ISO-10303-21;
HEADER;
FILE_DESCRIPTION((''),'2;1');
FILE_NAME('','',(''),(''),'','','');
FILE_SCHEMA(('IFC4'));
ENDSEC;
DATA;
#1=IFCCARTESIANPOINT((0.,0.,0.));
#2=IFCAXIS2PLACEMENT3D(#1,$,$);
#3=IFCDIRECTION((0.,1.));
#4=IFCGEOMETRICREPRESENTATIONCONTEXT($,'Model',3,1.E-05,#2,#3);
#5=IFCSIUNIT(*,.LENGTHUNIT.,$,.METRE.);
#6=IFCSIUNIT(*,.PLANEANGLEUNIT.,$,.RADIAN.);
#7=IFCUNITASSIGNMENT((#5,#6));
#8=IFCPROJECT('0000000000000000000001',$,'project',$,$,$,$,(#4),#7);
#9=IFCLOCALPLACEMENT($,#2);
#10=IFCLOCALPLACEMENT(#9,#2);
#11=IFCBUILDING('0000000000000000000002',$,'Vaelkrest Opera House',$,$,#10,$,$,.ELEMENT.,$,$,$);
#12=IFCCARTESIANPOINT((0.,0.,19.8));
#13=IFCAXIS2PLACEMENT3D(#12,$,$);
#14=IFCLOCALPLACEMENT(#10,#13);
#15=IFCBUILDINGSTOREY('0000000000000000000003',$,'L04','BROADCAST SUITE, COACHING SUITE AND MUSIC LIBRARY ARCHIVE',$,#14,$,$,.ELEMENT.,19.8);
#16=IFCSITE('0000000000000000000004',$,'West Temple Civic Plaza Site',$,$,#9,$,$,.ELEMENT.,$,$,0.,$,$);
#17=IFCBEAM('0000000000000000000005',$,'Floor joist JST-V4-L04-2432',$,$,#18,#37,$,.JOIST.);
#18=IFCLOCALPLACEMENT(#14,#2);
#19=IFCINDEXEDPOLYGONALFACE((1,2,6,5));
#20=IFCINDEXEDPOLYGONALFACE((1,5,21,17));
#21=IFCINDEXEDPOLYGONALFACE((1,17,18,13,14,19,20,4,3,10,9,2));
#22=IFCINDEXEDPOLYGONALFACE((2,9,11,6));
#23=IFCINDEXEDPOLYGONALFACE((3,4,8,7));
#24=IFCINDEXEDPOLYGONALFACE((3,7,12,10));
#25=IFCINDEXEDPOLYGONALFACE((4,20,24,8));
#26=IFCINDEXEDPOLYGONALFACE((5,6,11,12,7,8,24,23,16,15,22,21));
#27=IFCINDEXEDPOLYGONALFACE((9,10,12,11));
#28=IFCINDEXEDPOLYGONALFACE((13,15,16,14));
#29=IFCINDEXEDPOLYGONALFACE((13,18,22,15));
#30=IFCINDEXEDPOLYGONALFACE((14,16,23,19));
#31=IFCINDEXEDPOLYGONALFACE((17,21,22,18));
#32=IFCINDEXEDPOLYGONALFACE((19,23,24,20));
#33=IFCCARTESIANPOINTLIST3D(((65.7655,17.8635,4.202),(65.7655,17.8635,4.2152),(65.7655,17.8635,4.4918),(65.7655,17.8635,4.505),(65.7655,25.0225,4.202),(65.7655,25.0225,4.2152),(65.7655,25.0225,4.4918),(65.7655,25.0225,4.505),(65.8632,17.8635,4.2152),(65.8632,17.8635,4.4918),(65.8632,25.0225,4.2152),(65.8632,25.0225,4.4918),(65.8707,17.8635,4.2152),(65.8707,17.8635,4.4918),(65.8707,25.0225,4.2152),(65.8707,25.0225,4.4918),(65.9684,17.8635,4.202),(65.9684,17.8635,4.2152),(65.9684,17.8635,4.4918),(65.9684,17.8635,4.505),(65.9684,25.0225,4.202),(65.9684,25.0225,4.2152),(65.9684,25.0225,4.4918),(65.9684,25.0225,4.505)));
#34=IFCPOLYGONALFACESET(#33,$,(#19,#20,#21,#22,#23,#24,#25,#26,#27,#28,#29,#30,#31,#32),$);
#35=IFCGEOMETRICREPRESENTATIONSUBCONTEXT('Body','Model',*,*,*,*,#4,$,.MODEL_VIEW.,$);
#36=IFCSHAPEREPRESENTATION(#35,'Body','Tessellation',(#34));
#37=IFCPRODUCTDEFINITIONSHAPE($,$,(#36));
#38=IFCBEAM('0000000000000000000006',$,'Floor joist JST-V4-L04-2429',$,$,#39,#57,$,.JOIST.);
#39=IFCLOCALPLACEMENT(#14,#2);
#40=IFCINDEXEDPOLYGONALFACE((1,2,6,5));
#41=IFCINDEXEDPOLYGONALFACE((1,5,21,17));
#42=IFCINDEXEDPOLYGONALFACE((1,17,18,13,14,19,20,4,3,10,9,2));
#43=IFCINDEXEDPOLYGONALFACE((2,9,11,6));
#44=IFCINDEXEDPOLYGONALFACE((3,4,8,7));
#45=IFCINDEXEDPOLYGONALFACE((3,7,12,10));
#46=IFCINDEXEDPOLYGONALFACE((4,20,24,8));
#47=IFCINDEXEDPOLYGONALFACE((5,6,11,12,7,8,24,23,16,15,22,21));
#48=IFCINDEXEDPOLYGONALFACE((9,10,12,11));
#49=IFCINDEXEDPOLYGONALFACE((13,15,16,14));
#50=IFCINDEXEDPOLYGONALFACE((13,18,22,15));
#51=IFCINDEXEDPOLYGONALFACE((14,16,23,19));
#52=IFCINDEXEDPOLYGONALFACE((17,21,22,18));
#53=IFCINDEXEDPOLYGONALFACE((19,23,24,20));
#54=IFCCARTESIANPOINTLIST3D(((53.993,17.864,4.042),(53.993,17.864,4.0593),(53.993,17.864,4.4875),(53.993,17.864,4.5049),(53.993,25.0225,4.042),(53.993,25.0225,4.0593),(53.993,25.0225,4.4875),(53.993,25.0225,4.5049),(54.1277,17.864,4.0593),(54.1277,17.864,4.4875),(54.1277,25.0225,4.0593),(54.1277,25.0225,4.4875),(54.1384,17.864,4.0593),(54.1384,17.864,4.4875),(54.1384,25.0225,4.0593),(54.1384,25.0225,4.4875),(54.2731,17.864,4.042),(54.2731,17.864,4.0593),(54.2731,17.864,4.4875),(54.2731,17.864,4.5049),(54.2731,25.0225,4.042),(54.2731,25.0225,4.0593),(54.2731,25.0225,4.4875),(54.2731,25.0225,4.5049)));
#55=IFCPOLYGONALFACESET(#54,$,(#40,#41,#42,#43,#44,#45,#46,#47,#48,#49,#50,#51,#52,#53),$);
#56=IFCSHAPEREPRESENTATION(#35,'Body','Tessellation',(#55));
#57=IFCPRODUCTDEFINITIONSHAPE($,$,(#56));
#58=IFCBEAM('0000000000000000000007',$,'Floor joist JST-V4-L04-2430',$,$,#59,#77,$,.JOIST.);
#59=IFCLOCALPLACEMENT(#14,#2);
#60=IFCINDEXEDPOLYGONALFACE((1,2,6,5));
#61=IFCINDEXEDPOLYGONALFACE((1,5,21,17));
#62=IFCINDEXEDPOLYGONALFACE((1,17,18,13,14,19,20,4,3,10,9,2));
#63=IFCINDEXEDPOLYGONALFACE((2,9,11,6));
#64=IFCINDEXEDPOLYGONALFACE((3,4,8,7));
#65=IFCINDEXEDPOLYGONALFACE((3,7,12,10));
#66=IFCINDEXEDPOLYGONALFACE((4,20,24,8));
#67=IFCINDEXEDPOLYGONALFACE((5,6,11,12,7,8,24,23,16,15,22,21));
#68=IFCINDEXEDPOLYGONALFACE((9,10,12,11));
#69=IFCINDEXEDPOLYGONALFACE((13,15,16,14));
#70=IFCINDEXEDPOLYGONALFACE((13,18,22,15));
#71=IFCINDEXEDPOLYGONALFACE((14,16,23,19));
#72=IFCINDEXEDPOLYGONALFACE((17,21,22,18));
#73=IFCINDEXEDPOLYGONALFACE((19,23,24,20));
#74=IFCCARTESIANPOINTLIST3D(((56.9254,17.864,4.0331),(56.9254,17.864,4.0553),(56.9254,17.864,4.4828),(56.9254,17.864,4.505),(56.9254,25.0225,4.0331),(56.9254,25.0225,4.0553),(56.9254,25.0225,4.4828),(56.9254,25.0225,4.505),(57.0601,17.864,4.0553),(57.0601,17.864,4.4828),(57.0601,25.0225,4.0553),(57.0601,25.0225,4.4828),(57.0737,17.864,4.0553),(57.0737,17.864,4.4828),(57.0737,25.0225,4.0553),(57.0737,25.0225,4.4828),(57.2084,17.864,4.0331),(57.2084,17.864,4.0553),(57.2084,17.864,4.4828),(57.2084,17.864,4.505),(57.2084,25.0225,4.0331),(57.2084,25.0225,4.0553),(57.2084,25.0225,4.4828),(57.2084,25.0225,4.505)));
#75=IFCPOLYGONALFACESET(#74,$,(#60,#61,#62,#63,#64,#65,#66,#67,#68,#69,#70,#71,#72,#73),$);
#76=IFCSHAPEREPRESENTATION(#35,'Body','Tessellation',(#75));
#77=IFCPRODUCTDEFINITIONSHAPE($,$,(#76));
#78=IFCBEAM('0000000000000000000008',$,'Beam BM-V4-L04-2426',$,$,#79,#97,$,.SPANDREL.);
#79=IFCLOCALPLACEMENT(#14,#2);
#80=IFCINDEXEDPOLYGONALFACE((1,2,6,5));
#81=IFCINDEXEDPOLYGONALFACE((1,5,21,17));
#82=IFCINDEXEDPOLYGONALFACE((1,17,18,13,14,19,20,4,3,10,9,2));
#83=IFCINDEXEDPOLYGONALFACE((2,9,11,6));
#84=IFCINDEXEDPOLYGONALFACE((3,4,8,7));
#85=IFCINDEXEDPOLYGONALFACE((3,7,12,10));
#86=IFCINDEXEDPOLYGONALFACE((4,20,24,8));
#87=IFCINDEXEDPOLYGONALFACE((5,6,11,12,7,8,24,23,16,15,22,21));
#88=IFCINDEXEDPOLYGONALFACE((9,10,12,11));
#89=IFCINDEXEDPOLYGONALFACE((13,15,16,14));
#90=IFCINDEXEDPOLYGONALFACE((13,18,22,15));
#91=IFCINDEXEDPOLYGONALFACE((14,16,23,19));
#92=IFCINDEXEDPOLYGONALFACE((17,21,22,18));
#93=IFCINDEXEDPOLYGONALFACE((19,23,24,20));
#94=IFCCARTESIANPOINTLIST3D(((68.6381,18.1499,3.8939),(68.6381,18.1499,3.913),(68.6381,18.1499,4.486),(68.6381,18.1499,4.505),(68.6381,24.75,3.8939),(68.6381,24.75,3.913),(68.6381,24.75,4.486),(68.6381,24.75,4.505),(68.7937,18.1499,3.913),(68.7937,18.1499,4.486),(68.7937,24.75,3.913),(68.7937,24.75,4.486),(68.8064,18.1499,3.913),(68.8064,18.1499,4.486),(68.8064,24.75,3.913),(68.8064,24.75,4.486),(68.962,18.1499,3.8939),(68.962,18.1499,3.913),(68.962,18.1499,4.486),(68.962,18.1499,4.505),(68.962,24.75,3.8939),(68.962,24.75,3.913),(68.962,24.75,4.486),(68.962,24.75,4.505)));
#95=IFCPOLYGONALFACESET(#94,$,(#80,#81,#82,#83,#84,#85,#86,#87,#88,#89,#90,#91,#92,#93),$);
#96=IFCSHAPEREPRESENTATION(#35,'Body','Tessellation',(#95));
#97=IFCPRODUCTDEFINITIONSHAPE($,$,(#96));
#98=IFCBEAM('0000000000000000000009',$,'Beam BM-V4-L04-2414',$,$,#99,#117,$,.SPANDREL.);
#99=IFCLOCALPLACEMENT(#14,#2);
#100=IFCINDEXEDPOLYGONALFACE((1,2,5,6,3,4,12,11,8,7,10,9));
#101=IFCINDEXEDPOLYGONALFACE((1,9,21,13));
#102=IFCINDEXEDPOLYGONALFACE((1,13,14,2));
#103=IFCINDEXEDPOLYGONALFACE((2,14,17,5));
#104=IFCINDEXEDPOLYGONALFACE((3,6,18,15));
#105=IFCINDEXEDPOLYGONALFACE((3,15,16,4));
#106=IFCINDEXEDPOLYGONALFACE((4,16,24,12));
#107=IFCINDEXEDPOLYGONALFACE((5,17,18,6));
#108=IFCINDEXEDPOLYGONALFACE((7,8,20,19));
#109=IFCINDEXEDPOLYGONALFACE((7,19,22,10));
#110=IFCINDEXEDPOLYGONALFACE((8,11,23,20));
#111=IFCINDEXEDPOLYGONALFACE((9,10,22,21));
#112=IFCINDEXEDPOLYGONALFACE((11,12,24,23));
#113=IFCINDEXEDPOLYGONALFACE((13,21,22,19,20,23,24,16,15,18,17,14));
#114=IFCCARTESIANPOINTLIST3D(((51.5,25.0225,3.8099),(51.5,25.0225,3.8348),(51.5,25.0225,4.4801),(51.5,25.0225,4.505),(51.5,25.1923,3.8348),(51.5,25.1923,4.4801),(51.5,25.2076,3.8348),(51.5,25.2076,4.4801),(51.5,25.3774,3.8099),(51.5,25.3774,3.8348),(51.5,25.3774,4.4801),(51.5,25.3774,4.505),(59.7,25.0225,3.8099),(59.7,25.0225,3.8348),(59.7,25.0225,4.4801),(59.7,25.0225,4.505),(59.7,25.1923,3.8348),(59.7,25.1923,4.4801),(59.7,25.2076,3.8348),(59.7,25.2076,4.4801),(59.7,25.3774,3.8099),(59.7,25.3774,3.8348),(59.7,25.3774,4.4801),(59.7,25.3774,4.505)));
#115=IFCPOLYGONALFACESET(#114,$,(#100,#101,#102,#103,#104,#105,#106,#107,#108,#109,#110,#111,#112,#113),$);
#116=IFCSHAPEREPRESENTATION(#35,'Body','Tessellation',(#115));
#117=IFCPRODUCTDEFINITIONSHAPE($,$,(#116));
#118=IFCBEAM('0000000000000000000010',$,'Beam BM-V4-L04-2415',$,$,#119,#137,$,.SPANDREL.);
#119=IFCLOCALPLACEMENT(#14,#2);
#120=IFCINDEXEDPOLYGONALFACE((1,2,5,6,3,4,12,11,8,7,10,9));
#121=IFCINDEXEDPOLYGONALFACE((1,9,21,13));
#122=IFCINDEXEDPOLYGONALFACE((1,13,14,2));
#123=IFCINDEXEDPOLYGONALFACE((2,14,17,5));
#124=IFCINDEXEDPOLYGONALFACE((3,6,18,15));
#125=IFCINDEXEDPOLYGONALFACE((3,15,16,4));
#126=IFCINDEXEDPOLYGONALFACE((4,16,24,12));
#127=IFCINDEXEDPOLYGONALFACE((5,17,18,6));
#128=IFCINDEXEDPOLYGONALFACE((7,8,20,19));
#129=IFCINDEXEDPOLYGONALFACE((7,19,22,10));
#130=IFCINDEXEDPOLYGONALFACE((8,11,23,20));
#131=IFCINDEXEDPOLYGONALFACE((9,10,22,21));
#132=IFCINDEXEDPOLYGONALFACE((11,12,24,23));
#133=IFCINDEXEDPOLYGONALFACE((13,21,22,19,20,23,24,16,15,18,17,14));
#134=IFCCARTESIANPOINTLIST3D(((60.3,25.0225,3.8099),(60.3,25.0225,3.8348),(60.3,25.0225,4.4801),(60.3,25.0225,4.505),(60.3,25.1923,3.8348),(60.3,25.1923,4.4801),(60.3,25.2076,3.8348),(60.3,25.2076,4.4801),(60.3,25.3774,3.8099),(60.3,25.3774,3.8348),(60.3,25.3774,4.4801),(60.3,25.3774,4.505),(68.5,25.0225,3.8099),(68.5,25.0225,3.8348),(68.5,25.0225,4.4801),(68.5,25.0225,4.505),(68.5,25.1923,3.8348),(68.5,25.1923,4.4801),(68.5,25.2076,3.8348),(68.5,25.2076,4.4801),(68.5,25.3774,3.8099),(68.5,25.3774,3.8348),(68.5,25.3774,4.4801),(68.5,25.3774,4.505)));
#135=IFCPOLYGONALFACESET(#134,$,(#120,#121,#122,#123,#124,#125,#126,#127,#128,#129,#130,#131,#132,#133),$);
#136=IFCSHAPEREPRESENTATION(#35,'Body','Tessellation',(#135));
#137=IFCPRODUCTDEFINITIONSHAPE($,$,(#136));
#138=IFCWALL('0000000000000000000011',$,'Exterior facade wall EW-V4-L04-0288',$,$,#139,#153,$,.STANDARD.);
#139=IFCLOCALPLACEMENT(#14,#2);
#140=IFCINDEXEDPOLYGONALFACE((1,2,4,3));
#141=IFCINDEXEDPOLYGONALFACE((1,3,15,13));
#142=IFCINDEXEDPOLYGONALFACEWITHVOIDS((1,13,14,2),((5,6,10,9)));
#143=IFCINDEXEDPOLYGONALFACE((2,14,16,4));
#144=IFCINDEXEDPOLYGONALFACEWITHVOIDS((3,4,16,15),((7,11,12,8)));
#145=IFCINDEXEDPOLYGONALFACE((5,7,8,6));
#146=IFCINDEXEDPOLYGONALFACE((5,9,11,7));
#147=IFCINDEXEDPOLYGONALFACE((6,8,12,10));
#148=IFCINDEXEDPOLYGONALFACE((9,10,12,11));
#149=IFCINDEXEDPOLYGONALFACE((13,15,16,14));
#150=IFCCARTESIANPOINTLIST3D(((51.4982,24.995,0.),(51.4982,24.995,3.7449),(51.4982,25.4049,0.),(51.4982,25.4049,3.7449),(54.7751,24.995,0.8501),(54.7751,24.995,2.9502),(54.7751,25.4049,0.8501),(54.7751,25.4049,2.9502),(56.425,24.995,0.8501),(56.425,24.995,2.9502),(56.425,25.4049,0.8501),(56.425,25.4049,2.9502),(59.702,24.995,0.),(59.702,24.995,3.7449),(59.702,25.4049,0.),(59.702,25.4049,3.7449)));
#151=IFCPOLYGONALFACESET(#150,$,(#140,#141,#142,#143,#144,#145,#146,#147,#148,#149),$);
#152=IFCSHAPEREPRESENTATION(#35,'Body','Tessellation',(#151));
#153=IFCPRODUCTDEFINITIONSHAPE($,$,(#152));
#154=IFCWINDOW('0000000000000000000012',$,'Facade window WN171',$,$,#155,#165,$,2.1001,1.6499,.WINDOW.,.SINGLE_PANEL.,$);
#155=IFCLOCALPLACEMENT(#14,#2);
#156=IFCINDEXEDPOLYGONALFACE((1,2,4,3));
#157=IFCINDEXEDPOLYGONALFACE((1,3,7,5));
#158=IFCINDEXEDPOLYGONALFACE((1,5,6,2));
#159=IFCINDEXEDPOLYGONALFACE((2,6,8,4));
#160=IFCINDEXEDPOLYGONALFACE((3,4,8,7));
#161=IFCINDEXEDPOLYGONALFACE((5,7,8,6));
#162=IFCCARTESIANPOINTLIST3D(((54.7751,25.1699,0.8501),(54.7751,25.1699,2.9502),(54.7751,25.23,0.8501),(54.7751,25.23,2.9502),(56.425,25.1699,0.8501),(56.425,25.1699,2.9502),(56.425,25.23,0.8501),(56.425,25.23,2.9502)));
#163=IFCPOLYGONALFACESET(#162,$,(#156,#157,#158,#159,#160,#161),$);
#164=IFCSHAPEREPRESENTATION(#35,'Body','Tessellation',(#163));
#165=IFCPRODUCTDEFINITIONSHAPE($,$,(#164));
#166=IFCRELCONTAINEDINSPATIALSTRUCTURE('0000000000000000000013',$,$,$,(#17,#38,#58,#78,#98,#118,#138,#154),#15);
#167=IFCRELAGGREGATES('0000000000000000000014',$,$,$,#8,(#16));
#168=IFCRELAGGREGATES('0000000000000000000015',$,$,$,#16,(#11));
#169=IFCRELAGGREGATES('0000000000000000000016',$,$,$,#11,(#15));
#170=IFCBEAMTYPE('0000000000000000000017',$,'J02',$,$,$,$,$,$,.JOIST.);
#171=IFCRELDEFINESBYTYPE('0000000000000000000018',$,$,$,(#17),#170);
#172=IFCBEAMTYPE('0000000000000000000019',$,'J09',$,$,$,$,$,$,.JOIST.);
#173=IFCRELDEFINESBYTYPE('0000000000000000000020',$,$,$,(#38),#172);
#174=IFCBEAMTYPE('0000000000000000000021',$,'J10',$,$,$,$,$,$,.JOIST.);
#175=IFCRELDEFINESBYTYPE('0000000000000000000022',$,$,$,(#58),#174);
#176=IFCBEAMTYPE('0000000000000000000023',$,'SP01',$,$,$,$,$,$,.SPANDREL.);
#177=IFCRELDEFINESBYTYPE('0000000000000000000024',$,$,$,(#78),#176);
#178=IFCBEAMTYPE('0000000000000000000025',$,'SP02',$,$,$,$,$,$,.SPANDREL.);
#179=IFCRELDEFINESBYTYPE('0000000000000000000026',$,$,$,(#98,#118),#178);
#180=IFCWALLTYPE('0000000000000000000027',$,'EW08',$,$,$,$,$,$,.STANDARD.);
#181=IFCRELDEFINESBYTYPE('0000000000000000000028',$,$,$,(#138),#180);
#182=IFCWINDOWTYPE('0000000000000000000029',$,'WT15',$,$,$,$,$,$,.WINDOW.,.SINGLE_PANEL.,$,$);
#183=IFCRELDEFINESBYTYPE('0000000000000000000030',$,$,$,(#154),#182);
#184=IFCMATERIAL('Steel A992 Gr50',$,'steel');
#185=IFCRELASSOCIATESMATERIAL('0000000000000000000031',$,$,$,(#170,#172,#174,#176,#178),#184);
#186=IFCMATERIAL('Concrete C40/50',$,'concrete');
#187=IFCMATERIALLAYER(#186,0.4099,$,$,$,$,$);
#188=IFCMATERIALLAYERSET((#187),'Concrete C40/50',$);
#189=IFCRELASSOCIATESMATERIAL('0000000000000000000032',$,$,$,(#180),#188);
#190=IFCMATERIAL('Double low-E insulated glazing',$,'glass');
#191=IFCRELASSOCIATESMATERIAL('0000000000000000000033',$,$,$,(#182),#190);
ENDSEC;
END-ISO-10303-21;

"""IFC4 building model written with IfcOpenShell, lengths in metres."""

from ifc_helpers import new_model, si_unit, direction, frame, frame_2d, origin, origin_2d, place, context, subcontext, project, spatial, rectangle, i_section, extrude, material, layer, layer_set, material_profile, profile_set, type_object, element, fill, save


model = new_model("IFC4")

# Units and contexts
model_context = context("Model", 3, precision=1e-05, world=origin(), true_north=direction((0.0, 1.0)))
body_context = subcontext(model_context, "Body", "Model", "MODEL_VIEW")
ifc_project = project(units=[si_unit("LENGTHUNIT", "METRE"), si_unit("PLANEANGLEUNIT", "RADIAN")], contexts=[model_context])

# Site, building, storey
site_placement = place(None, origin())
site = spatial("IfcSite", under=ifc_project, at=site_placement, Name="West Temple Civic Plaza Site", CompositionType="ELEMENT", RefElevation=0.0)
building_placement = place(site_placement, origin())
building = spatial("IfcBuilding", under=site, at=building_placement, Name="Vaelkrest Opera House", CompositionType="ELEMENT")
storey_placement = place(building_placement, frame((0.0, 0.0, 19.8)))
storey = spatial("IfcBuildingStorey", under=building, at=storey_placement, Name="L04", Description="BROADCAST SUITE, COACHING SUITE AND MUSIC LIBRARY ARCHIVE", CompositionType="ELEMENT", Elevation=19.8)

# Shared definitions
ifc_material_1 = material(Name="Steel A992 Gr50", Category="steel")

# Beams
ifc_material_profile_1 = material_profile(ifc_material_1, i_section(OverallWidth=0.2029, OverallDepth=0.303, WebThickness=0.0076, FlangeThickness=0.0132, at=origin_2d()), Name="W12X40")
ifc_profile_set_1 = profile_set([ifc_material_profile_1], Name="Steel A992 Gr50")
beam_type_1 = type_object("IfcBeamType", Name="J02", PredefinedType="JOIST", material=ifc_profile_set_1)
beam_1_placement = place(storey_placement, frame((65.8669, 17.8635, 4.3535), z_axis=(0.0, 1.0, 0.0), x_axis=(-1.0, 0.0, 0.0)))
element("IfcBeam", 1, at=beam_1_placement, inside=storey, type_object=beam_type_1, Name="Floor joist JST-V4-L04-2432", PredefinedType="JOIST", context=body_context, shape_type="SweptSolid", body=[
    extrude(i_section(OverallWidth=0.2029, OverallDepth=0.303, WebThickness=0.0076, FlangeThickness=0.0132, at=origin_2d()), origin(), (0.0, 0.0, 1.0), 7.1589),
])
ifc_material_profile_2 = material_profile(ifc_material_1, i_section(OverallWidth=0.28, OverallDepth=0.4629, WebThickness=0.0107, FlangeThickness=0.0173, at=origin_2d()), Name="W18X76")
ifc_profile_set_2 = profile_set([ifc_material_profile_2], Name="Steel A992 Gr50")
beam_type_2 = type_object("IfcBeamType", Name="J09", PredefinedType="JOIST", material=ifc_profile_set_2)
beam_2_placement = place(storey_placement, frame((54.1331, 17.864, 4.2734), z_axis=(0.0, 1.0, 0.0), x_axis=(-1.0, 0.0, 0.0)))
element("IfcBeam", 2, at=beam_2_placement, inside=storey, type_object=beam_type_2, Name="Floor joist JST-V4-L04-2429", PredefinedType="JOIST", context=body_context, shape_type="SweptSolid", body=[
    extrude(i_section(OverallWidth=0.28, OverallDepth=0.4629, WebThickness=0.0107, FlangeThickness=0.0173, at=origin_2d()), origin(), (0.0, 0.0, 1.0), 7.1584),
])
ifc_material_profile_3 = material_profile(ifc_material_1, i_section(OverallWidth=0.283, OverallDepth=0.4719, WebThickness=0.0137, FlangeThickness=0.0222, at=origin_2d()), Name="W18X97")
ifc_profile_set_3 = profile_set([ifc_material_profile_3], Name="Steel A992 Gr50")
beam_type_3 = type_object("IfcBeamType", Name="J10", PredefinedType="JOIST", material=ifc_profile_set_3)
beam_3_placement = place(storey_placement, frame((57.0669, 17.864, 4.269), z_axis=(0.0, 1.0, 0.0), x_axis=(-1.0, 0.0, 0.0)))
element("IfcBeam", 3, at=beam_3_placement, inside=storey, type_object=beam_type_3, Name="Floor joist JST-V4-L04-2430", PredefinedType="JOIST", context=body_context, shape_type="SweptSolid", body=[
    extrude(i_section(OverallWidth=0.283, OverallDepth=0.4719, WebThickness=0.0137, FlangeThickness=0.0222, at=origin_2d()), origin(), (0.0, 0.0, 1.0), 7.1584),
])
ifc_material_profile_4 = material_profile(ifc_material_1, i_section(OverallWidth=0.324, OverallDepth=0.6111, WebThickness=0.0127, FlangeThickness=0.019, at=origin_2d()), Name="W24X104")
ifc_profile_set_4 = profile_set([ifc_material_profile_4], Name="Steel A992 Gr50")
beam_type_4 = type_object("IfcBeamType", Name="SP01", PredefinedType="SPANDREL", material=ifc_profile_set_4)
beam_4_placement = place(storey_placement, frame((68.8, 18.1499, 4.1995), z_axis=(0.0, 1.0, 0.0), x_axis=(-1.0, 0.0, 0.0)))
element("IfcBeam", 4, at=beam_4_placement, inside=storey, type_object=beam_type_4, Name="Beam BM-V4-L04-2426", PredefinedType="SPANDREL", context=body_context, shape_type="SweptSolid", body=[
    extrude(i_section(OverallWidth=0.324, OverallDepth=0.6111, WebThickness=0.0127, FlangeThickness=0.019, at=origin_2d()), origin(), (0.0, 0.0, 1.0), 6.6001),
])
ifc_material_profile_5 = material_profile(ifc_material_1, i_section(OverallWidth=0.355, OverallDepth=0.6951, WebThickness=0.0154, FlangeThickness=0.0249, at=origin_2d()), Name="W27X146")
ifc_profile_set_5 = profile_set([ifc_material_profile_5], Name="Steel A992 Gr50")
beam_type_5 = type_object("IfcBeamType", Name="SP02", PredefinedType="SPANDREL", material=ifc_profile_set_5)
for number, where, z_axis, x_axis, name in (
    (5, (51.5, 25.2, 4.1575), (1.0, 0.0, 0.0), (0.0, 1.0, 0.0), "Beam BM-V4-L04-2414"),
    (6, (60.3, 25.2, 4.1575), (1.0, 0.0, 0.0), (0.0, 1.0, 0.0), "Beam BM-V4-L04-2415"),
):
    element("IfcBeam", number, at=place(storey_placement, frame(where, z_axis=z_axis, x_axis=x_axis)), inside=storey, type_object=beam_type_5, Name=name, PredefinedType="SPANDREL", context=body_context, shape_type="SweptSolid", body=[
        extrude(i_section(OverallWidth=0.355, OverallDepth=0.6951, WebThickness=0.0154, FlangeThickness=0.0249, at=origin_2d()), origin(), (0.0, 0.0, 1.0), 8.2),
    ])

# Wall, opening, window
ifc_material_2 = material(Name="Concrete C40/50", Category="concrete")
ifc_layer_1 = layer(ifc_material_2, 0.4099)
ifc_layer_set_1 = layer_set([ifc_layer_1], Name="Concrete C40/50")
wall_type_1 = type_object("IfcWallType", Name="EW08", PredefinedType="STANDARD", material=ifc_layer_set_1)
wall_1_placement = place(storey_placement, frame((51.498, 25.2, 0.0), z_axis=(0.0, 0.0, 1.0), x_axis=(1.0, 0.0, 0.0)))
wall_1 = element("IfcWall", 7, at=wall_1_placement, inside=storey, type_object=wall_type_1, Name="Exterior facade wall EW-V4-L04-0288", PredefinedType="STANDARD", context=body_context, shape_type="SweptSolid", body=[
    extrude(rectangle(XDim=8.2039, YDim=0.4099, at=frame_2d((4.1021, 0.0))), origin(), (0.0, 0.0, 1.0), 3.7449),
])
opening_1_placement = place(wall_1_placement, frame((3.2771, 0.0, 0.8501)))
opening_1 = element("IfcOpeningElement", 8, at=opening_1_placement, cuts=wall_1, PredefinedType="OPENING", context=body_context, shape_type="SweptSolid", body=[
    extrude(rectangle(XDim=1.6499, YDim=2.1001, at=frame_2d((0.825, 1.05))), frame((0.0, 0.2148, 0.0), z_axis=(0.0, -1.0, 0.0), x_axis=(1.0, 0.0, 0.0)), (0.0, 0.0, 1.0), 0.4299),
])
ifc_material_3 = material(Name="Double low-E insulated glazing", Category="glass")
window_type_1 = type_object("IfcWindowType", Name="WT15", PartitioningType="SINGLE_PANEL", PredefinedType="WINDOW", material=ifc_material_3)
window_1_placement = place(opening_1_placement, origin())
window_1 = element("IfcWindow", 9, at=window_1_placement, inside=storey, type_object=window_type_1, Name="Facade window WN171", OverallHeight=2.1001, OverallWidth=1.6499, PartitioningType="SINGLE_PANEL", PredefinedType="WINDOW", context=body_context, shape_type="SweptSolid", body=[
    extrude(rectangle(XDim=1.6499, YDim=2.1001, at=frame_2d((0.825, 1.05))), frame((0.0, 0.03, 0.0), z_axis=(0.0, -1.0, 0.0), x_axis=(1.0, 0.0, 0.0)), (0.0, 0.0, 1.0), 0.0601),
])
fill(opening_1, window_1)

save(model, "model.ifc")
